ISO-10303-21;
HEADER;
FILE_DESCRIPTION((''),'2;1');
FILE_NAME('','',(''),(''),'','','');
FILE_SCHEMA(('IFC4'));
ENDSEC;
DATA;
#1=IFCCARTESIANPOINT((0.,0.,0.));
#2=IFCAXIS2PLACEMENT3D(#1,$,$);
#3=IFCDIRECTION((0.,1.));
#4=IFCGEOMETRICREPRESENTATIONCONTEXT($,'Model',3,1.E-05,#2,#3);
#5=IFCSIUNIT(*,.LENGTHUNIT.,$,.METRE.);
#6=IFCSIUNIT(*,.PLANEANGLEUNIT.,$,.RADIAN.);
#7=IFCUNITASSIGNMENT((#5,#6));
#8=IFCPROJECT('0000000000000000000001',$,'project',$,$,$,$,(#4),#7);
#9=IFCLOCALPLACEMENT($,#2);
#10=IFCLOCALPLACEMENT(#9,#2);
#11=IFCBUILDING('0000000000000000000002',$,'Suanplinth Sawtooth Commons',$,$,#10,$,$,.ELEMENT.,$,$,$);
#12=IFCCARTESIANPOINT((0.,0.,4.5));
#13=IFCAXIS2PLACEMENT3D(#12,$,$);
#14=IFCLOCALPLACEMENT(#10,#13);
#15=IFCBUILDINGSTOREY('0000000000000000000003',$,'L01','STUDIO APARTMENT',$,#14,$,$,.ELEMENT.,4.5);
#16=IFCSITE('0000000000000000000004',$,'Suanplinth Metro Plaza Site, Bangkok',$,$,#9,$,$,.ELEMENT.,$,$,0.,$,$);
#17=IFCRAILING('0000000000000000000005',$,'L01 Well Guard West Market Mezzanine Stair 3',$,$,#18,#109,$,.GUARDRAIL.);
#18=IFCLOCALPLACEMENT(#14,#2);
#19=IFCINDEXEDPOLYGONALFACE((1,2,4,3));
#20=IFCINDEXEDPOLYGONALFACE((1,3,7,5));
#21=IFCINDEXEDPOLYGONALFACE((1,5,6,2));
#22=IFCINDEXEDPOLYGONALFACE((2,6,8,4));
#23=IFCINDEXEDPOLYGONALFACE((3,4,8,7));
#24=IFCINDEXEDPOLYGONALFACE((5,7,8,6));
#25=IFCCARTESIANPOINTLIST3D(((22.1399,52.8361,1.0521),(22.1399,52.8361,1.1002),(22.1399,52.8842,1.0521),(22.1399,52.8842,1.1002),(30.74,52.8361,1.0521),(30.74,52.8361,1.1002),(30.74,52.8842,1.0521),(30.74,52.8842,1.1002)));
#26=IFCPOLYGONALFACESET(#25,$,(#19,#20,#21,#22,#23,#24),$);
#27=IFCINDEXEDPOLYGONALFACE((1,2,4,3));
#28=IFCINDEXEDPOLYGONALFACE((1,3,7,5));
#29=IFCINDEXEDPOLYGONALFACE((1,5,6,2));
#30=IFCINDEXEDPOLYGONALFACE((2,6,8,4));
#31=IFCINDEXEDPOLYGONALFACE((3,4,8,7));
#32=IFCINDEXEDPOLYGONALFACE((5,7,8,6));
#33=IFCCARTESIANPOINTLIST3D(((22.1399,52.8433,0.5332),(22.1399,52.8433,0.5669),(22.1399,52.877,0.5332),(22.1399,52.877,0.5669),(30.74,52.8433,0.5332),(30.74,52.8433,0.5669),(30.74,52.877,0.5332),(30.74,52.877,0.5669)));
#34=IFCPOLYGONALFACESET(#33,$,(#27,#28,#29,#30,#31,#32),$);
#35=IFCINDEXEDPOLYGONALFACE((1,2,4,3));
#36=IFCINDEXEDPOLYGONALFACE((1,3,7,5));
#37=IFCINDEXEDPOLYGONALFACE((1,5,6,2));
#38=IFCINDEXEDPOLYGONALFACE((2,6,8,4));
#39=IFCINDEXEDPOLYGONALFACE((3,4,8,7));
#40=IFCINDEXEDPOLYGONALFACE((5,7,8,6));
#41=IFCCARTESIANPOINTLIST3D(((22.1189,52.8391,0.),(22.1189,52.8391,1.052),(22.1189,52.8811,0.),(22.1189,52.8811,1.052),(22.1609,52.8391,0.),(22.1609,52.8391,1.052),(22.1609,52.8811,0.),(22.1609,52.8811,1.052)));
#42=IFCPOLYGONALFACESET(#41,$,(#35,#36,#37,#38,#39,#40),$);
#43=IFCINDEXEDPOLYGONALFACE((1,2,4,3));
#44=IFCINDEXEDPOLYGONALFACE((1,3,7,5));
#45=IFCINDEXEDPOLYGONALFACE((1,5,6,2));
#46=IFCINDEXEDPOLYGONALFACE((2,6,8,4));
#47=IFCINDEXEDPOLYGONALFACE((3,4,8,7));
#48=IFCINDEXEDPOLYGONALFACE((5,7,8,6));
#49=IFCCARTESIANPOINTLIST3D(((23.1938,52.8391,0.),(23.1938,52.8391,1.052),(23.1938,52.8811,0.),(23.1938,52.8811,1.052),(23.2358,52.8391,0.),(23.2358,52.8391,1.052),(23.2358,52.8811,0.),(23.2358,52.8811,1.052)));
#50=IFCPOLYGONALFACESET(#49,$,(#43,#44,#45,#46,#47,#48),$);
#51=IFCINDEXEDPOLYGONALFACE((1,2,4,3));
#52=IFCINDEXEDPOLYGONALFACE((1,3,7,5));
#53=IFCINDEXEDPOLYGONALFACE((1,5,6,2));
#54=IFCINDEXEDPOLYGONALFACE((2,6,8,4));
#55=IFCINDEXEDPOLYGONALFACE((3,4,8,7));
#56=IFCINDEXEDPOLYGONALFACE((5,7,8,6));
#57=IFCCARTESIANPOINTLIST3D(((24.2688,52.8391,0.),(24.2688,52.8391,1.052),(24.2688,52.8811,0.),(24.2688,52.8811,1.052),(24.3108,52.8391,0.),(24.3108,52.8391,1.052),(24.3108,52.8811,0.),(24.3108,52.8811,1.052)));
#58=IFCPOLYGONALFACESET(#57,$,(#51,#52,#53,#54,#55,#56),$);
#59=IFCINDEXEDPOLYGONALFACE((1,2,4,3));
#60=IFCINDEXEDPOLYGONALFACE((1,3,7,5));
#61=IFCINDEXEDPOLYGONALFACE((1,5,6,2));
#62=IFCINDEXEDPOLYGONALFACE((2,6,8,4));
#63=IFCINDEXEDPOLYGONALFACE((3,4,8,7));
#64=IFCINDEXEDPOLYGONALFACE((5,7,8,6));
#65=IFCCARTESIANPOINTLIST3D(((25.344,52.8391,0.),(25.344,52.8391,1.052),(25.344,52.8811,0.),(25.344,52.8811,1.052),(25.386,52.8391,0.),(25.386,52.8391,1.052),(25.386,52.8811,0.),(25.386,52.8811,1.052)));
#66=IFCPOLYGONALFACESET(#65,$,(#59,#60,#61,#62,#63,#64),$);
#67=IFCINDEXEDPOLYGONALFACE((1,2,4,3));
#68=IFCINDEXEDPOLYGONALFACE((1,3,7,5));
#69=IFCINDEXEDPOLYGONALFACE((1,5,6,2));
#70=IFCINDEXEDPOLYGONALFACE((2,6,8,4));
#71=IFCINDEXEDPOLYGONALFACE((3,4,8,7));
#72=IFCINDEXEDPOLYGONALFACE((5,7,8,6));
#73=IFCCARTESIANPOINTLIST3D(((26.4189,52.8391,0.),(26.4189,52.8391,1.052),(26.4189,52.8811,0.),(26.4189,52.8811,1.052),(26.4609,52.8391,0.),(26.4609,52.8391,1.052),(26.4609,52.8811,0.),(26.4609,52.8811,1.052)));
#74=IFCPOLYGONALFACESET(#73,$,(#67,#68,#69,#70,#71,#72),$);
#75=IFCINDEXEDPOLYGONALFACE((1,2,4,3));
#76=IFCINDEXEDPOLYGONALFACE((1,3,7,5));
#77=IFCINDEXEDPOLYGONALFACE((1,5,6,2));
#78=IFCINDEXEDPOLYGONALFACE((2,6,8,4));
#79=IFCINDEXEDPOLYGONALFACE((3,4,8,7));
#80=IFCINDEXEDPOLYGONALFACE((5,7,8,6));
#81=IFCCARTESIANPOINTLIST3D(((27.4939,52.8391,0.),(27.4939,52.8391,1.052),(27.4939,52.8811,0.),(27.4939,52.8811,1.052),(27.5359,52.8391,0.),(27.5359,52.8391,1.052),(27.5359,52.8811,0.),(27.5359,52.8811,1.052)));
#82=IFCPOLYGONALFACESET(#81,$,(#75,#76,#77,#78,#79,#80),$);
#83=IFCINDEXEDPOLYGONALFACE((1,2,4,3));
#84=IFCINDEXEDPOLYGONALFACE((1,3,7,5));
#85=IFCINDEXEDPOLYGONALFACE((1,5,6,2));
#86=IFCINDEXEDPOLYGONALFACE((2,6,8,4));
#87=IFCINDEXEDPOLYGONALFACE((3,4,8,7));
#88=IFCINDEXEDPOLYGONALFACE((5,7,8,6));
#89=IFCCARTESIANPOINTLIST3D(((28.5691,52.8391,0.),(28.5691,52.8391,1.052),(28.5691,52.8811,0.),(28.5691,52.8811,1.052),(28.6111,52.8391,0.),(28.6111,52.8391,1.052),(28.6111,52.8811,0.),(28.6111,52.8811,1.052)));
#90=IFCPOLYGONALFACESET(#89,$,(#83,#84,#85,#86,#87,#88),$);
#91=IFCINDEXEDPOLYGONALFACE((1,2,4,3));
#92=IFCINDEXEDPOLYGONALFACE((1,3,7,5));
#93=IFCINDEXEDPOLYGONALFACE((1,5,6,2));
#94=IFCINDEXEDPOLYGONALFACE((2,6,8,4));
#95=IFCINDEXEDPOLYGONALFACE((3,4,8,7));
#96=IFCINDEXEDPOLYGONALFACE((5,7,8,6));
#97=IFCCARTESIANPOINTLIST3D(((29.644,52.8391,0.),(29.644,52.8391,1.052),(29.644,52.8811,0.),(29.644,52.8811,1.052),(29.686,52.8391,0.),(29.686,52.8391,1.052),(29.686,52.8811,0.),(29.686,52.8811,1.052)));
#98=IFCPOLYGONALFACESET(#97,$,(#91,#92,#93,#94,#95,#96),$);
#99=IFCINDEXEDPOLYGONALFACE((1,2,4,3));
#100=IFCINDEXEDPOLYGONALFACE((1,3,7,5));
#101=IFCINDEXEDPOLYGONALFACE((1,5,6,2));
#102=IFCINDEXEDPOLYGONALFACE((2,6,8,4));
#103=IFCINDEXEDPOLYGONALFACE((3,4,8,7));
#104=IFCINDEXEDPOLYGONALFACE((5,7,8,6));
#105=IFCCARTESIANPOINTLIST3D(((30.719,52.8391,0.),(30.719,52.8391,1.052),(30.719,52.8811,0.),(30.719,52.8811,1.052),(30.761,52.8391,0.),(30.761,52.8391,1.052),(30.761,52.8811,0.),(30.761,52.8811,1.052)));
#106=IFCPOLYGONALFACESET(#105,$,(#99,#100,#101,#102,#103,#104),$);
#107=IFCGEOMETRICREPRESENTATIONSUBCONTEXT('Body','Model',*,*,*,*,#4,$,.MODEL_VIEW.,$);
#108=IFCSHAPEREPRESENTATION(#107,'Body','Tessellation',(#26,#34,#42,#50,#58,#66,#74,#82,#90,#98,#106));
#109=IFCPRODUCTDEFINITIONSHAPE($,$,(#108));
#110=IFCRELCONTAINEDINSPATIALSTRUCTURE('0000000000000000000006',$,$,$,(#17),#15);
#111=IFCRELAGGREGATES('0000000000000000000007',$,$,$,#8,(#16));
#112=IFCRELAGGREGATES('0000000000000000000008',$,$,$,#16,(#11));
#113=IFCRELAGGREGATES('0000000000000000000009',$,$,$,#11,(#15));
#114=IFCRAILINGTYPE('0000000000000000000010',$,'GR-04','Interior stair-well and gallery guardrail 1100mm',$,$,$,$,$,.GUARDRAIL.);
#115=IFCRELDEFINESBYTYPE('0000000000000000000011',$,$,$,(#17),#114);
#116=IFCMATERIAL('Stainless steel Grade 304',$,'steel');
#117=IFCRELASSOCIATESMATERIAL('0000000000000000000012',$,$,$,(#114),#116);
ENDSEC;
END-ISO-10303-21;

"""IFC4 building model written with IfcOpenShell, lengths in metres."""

from ifc_helpers import new_model, si_unit, direction, frame, origin, origin_2d, place, context, subcontext, project, spatial, rectangle, extrude, material, type_object, element, save


model = new_model("IFC4")

# Units and contexts
model_context = context("Model", 3, precision=1e-05, world=origin(), true_north=direction((0.0, 1.0)))
body_context = subcontext(model_context, "Body", "Model", "MODEL_VIEW")
ifc_project = project(units=[si_unit("LENGTHUNIT", "METRE"), si_unit("PLANEANGLEUNIT", "RADIAN")], contexts=[model_context])

# Site, building, storey
site_placement = place(None, origin())
site = spatial("IfcSite", under=ifc_project, at=site_placement, Name="Suanplinth Metro Plaza Site, Bangkok", CompositionType="ELEMENT", RefElevation=0.0)
building_placement = place(site_placement, origin())
building = spatial("IfcBuilding", under=site, at=building_placement, Name="Suanplinth Sawtooth Commons", CompositionType="ELEMENT")
storey_placement = place(building_placement, frame((0.0, 0.0, 4.5)))
storey = spatial("IfcBuildingStorey", under=building, at=storey_placement, Name="L01", Description="STUDIO APARTMENT", CompositionType="ELEMENT", Elevation=4.5)

# Railing
ifc_material_1 = material(Name="Stainless steel Grade 304", Category="steel")
railing_type = type_object("IfcRailingType", Name="GR-04", Description="Interior stair-well and gallery guardrail 1100mm", PredefinedType="GUARDRAIL", material=ifc_material_1)
railing_1_placement = place(storey_placement, frame((22.1399, 52.8601, 0.0)))
element("IfcRailing", 1, at=railing_1_placement, inside=storey, type_object=railing_type, Name="L01 Well Guard West Market Mezzanine Stair 3", PredefinedType="GUARDRAIL", context=body_context, shape_type="SweptSolid", body=[
    extrude(rectangle(XDim=0.0481, YDim=0.0481, at=origin_2d()), frame((0.0, 0.0, 1.0762), z_axis=(1.0, 0.0, 0.0), x_axis=(0.0, 1.0, 0.0)), (0.0, 0.0, 1.0), 8.6001),
    extrude(rectangle(XDim=0.0337, YDim=0.0337, at=origin_2d()), frame((0.0, 0.0, 0.55), z_axis=(1.0, 0.0, 0.0), x_axis=(0.0, 1.0, 0.0)), (0.0, 0.0, 1.0), 8.6001),
    extrude(rectangle(XDim=0.042, YDim=0.042, at=origin_2d()), origin(), (0.0, 0.0, 1.0), 1.052),
    extrude(rectangle(XDim=0.042, YDim=0.042, at=origin_2d()), frame((1.075, 0.0, 0.0)), (0.0, 0.0, 1.0), 1.052),
    extrude(rectangle(XDim=0.042, YDim=0.042, at=origin_2d()), frame((2.1499, 0.0, 0.0)), (0.0, 0.0, 1.0), 1.052),
    extrude(rectangle(XDim=0.042, YDim=0.042, at=origin_2d()), frame((3.2251, 0.0, 0.0)), (0.0, 0.0, 1.0), 1.052),
    extrude(rectangle(XDim=0.042, YDim=0.042, at=origin_2d()), frame((4.3, 0.0, 0.0)), (0.0, 0.0, 1.0), 1.052),
    extrude(rectangle(XDim=0.042, YDim=0.042, at=origin_2d()), frame((5.375, 0.0, 0.0)), (0.0, 0.0, 1.0), 1.052),
    extrude(rectangle(XDim=0.042, YDim=0.042, at=origin_2d()), frame((6.4502, 0.0, 0.0)), (0.0, 0.0, 1.0), 1.052),
    extrude(rectangle(XDim=0.042, YDim=0.042, at=origin_2d()), frame((7.5251, 0.0, 0.0)), (0.0, 0.0, 1.0), 1.052),
    extrude(rectangle(XDim=0.042, YDim=0.042, at=origin_2d()), frame((8.6001, 0.0, 0.0)), (0.0, 0.0, 1.0), 1.052),
])

save(model, "model.ifc")
